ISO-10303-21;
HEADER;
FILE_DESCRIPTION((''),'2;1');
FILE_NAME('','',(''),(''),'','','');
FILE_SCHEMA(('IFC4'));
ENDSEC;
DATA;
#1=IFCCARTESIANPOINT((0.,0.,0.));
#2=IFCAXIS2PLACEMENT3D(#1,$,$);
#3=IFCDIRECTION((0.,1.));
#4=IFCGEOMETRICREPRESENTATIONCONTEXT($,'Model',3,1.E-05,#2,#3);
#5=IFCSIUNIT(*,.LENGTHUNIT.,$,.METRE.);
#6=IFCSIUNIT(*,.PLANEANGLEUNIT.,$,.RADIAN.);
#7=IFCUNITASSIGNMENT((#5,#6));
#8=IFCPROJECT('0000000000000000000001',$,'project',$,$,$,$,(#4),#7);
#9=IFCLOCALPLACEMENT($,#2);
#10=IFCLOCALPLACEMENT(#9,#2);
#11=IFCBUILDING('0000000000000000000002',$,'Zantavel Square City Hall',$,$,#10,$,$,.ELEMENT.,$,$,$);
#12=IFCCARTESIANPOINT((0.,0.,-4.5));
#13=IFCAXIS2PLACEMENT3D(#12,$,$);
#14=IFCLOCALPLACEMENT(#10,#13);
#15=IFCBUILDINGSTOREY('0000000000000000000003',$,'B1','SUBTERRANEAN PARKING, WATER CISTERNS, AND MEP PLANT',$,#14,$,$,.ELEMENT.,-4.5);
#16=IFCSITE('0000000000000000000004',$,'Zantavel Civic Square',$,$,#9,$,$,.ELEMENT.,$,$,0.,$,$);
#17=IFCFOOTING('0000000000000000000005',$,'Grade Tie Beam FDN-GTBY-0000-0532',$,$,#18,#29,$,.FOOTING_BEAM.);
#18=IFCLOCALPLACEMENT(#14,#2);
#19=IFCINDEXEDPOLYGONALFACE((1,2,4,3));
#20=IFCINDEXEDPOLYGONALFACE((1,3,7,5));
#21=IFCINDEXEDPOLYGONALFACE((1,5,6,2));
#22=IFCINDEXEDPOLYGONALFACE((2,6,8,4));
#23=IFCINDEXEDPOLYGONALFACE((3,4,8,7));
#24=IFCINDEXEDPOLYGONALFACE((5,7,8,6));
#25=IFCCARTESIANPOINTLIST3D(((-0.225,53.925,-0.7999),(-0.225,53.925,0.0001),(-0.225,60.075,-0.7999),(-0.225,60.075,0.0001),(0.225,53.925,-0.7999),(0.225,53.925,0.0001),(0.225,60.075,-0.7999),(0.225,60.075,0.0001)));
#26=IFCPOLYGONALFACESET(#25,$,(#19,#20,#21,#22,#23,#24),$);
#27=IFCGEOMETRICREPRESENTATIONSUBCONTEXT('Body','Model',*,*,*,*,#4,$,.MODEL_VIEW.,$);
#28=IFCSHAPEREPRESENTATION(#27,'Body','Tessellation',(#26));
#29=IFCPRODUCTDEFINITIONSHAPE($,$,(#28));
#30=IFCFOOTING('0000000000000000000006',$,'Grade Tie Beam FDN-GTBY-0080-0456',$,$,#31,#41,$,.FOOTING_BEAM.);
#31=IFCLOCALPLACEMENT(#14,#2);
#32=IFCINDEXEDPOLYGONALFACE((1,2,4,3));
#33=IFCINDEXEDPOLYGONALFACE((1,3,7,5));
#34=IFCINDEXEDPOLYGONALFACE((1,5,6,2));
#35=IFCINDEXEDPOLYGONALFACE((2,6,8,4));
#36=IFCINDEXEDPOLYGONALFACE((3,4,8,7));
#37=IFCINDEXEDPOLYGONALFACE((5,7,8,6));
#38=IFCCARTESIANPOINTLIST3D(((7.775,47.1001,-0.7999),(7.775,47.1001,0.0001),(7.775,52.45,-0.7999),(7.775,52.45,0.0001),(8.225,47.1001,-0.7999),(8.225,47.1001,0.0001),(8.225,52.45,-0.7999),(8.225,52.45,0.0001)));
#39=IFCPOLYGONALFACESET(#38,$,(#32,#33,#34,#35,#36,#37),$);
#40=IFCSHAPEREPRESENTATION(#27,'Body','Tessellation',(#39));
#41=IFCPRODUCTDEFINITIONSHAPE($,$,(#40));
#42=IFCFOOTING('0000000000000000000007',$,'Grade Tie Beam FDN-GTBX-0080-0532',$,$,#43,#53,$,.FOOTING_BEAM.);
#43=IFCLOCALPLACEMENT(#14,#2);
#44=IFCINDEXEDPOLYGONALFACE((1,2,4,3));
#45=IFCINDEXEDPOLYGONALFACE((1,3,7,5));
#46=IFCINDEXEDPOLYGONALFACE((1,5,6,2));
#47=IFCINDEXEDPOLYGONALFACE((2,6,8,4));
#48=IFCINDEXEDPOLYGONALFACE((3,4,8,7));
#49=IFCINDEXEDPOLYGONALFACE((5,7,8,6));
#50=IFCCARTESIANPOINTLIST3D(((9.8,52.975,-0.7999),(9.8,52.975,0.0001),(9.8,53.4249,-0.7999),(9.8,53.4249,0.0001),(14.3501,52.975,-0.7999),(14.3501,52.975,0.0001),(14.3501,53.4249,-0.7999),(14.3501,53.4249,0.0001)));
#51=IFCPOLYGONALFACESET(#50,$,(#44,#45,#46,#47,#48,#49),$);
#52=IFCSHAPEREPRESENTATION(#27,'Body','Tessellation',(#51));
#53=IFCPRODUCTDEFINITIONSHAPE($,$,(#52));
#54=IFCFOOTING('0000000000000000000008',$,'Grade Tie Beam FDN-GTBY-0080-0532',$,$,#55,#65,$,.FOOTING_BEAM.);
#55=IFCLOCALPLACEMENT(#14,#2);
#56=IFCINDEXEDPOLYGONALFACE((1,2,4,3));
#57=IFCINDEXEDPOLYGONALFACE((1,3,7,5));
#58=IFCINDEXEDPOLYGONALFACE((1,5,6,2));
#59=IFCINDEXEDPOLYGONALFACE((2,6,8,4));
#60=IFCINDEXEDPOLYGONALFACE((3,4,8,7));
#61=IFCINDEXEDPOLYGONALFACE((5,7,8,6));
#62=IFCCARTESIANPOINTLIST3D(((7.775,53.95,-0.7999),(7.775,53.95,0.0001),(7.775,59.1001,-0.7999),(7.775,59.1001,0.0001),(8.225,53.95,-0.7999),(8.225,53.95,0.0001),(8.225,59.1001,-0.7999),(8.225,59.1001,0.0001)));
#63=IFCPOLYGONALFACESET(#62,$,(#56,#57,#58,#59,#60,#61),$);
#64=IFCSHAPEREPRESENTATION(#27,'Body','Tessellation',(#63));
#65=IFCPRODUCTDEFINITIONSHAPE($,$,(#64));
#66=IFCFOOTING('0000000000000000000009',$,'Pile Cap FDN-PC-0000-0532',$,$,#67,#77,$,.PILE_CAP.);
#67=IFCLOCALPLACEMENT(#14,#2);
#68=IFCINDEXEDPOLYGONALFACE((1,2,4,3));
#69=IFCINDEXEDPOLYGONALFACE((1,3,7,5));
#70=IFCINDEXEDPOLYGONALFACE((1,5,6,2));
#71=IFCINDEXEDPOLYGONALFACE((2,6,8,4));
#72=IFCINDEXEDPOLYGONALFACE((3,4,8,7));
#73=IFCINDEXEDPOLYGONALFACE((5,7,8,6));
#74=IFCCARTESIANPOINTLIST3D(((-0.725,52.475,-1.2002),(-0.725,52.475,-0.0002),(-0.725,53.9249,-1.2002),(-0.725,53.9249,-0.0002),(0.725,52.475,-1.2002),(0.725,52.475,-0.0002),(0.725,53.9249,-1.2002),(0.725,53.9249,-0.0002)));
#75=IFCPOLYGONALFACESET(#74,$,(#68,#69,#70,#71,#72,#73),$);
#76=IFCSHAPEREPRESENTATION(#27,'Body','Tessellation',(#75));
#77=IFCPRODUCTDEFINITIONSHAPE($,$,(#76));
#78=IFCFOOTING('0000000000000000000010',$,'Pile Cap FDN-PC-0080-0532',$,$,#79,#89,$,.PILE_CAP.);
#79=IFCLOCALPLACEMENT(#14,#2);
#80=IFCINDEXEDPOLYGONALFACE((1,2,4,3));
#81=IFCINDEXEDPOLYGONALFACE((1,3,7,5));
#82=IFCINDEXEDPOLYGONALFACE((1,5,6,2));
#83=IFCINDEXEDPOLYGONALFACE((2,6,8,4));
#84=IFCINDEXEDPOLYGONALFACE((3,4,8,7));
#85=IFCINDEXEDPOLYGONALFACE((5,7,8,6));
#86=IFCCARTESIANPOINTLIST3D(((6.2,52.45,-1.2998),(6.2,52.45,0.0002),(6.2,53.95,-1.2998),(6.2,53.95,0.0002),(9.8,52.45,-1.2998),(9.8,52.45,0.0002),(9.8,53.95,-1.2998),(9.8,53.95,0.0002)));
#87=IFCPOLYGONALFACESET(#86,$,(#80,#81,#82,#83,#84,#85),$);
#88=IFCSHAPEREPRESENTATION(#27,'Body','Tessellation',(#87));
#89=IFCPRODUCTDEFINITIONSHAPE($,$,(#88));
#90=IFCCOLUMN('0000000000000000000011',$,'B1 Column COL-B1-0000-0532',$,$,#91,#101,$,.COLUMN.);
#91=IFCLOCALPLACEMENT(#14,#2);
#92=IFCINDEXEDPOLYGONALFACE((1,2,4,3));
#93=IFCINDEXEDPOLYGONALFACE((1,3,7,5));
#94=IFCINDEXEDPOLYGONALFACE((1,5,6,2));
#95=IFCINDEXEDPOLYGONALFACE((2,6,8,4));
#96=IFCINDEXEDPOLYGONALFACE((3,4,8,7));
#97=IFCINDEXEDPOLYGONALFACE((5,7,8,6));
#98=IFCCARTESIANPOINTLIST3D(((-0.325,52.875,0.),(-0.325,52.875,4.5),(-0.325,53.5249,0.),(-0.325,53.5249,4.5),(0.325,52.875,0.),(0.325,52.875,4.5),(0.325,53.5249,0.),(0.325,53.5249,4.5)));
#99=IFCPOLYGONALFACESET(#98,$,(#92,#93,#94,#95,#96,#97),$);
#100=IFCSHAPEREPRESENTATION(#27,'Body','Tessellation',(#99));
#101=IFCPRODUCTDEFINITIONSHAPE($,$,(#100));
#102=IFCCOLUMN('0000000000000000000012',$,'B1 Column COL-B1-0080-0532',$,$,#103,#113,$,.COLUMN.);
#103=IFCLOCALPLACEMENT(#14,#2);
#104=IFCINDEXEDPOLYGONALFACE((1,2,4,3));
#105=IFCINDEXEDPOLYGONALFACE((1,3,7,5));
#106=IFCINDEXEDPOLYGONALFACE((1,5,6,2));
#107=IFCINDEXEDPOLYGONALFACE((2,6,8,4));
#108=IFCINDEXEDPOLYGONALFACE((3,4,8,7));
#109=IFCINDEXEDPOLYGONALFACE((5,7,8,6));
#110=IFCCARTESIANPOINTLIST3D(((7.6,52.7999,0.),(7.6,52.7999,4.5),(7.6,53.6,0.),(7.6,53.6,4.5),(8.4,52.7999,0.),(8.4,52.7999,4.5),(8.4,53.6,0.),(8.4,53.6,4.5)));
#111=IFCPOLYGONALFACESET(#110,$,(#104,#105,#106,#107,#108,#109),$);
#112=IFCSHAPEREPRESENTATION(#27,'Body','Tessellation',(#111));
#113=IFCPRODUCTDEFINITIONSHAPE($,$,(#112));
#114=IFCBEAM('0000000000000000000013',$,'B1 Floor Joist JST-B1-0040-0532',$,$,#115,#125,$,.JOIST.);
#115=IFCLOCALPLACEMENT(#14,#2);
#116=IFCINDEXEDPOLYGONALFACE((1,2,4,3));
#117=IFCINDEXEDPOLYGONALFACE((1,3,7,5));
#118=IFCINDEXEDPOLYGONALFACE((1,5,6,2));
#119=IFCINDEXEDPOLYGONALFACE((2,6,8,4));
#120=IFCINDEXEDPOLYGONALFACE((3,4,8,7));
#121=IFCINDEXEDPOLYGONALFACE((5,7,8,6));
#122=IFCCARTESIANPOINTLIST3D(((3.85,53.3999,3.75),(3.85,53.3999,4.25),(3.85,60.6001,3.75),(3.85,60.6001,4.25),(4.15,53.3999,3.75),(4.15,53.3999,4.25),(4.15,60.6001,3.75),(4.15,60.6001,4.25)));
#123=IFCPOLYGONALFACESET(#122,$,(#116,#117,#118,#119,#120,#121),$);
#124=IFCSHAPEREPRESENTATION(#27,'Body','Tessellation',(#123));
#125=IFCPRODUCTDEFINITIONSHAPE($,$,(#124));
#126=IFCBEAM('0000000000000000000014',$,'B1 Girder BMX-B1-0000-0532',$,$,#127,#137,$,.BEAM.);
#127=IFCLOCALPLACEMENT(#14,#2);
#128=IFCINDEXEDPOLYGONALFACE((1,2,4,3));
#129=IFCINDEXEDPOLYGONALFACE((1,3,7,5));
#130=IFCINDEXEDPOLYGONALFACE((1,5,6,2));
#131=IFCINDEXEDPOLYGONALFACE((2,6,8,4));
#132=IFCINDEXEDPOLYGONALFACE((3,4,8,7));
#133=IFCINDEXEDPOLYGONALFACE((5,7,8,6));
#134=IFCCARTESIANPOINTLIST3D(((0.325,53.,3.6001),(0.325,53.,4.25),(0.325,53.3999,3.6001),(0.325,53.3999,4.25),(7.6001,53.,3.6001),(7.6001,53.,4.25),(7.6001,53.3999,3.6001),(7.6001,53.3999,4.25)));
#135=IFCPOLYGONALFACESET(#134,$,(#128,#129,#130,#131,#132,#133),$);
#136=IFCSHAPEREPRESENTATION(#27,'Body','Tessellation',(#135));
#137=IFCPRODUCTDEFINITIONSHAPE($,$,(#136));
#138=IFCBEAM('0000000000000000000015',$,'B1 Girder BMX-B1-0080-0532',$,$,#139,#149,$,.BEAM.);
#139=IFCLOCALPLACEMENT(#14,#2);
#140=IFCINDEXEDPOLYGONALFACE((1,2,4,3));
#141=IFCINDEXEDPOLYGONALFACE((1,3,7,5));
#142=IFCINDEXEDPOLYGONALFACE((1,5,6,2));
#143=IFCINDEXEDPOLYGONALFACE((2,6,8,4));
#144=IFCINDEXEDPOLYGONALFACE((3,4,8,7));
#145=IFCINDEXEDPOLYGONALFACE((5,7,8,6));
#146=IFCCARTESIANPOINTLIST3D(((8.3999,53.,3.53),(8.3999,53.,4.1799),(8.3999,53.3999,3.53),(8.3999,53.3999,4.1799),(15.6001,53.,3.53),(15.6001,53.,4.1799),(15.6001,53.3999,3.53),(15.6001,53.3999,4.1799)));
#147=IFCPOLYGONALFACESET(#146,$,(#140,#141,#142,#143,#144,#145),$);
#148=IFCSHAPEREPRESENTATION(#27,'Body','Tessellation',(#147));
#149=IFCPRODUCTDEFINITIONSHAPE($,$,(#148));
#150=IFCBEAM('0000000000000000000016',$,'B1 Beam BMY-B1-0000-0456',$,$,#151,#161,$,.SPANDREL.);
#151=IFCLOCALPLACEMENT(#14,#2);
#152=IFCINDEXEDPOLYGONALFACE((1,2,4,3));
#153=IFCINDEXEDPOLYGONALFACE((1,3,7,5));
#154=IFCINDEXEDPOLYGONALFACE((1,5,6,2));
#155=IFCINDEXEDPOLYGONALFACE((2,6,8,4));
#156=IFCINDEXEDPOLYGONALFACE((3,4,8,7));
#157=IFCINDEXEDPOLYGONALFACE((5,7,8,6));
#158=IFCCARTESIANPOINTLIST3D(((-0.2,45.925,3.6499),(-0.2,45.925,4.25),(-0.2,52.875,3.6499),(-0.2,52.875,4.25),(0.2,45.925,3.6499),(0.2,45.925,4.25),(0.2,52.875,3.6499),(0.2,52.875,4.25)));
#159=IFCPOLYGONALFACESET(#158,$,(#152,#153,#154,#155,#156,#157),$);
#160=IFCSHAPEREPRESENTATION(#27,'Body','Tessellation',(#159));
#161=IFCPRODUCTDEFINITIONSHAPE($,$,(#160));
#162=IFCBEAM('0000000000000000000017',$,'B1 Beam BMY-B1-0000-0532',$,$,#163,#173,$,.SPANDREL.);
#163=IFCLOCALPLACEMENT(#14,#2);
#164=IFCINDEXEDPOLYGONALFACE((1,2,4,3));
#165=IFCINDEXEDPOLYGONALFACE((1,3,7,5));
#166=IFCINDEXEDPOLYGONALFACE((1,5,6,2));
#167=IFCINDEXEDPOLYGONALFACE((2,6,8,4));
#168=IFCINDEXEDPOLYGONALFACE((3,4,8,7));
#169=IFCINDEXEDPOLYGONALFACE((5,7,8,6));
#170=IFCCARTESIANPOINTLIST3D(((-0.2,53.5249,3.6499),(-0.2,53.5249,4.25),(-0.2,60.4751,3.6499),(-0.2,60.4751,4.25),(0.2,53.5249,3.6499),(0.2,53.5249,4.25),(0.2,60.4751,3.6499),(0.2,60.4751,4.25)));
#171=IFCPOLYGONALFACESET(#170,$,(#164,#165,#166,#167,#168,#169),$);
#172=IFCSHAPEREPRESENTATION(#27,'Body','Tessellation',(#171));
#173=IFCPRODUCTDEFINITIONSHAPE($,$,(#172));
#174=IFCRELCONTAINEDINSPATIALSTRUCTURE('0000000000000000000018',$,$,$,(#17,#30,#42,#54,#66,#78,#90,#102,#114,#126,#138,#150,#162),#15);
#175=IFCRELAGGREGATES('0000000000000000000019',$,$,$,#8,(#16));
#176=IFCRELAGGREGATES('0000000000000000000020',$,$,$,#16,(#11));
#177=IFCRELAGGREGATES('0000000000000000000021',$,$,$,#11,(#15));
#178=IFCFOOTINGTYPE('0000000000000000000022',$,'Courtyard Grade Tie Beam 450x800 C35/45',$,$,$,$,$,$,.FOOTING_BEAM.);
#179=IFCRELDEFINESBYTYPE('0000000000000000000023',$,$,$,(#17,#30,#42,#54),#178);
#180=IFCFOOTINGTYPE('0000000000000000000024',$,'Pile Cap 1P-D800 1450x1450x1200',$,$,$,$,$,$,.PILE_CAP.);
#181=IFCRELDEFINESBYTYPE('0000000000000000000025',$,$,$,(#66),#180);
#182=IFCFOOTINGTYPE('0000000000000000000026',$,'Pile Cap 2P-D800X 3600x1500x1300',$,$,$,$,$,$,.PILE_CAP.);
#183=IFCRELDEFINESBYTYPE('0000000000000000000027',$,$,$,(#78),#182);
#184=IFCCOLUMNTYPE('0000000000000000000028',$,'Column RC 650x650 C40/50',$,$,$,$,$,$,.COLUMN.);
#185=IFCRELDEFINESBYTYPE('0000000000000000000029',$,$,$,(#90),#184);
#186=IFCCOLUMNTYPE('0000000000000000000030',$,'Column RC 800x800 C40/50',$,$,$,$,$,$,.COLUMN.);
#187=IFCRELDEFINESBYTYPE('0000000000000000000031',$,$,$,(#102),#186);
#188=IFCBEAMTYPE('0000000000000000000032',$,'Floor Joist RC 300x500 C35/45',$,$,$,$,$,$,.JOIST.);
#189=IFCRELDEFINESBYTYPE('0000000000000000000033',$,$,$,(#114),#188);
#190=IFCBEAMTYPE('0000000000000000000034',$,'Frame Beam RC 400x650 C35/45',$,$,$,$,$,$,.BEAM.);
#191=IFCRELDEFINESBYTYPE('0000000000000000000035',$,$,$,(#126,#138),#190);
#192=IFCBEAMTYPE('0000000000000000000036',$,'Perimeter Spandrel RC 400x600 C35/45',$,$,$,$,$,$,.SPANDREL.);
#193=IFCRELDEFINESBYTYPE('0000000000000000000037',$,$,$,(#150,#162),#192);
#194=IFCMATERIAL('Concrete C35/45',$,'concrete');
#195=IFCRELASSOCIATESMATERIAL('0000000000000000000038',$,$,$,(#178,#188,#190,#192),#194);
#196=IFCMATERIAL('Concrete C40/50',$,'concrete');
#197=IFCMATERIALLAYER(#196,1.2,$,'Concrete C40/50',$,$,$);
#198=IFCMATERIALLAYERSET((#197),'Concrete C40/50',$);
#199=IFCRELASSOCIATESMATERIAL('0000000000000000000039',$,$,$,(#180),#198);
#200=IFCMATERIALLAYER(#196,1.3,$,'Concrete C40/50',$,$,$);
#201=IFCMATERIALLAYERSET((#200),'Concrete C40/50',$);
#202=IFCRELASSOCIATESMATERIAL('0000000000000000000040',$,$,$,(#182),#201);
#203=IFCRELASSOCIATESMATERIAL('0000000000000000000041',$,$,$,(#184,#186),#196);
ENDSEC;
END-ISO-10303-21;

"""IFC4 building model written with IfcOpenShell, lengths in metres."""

from ifc_helpers import new_model, si_unit, direction, frame, origin, origin_2d, place, context, subcontext, project, spatial, rectangle, extrude, material, layer, layer_set, material_profile, profile_set, type_object, element, save


model = new_model("IFC4")

# Units and contexts
model_context = context("Model", 3, precision=1e-05, world=origin(), true_north=direction((0.0, 1.0)))
body_context = subcontext(model_context, "Body", "Model", "MODEL_VIEW")
ifc_project = project(units=[si_unit("LENGTHUNIT", "METRE"), si_unit("PLANEANGLEUNIT", "RADIAN")], contexts=[model_context])

# Site, building, storey
site_placement = place(None, origin())
site = spatial("IfcSite", under=ifc_project, at=site_placement, Name="Zantavel Civic Square", CompositionType="ELEMENT", RefElevation=0.0)
building_placement = place(site_placement, origin())
building = spatial("IfcBuilding", under=site, at=building_placement, Name="Zantavel Square City Hall", CompositionType="ELEMENT")
storey_placement = place(building_placement, frame((0.0, 0.0, -4.5)))
storey = spatial("IfcBuildingStorey", under=building, at=storey_placement, Name="B1", Description="SUBTERRANEAN PARKING, WATER CISTERNS, AND MEP PLANT", CompositionType="ELEMENT", Elevation=-4.5)

# Shared definitions
ifc_material_1 = material(Name="Concrete C35/45", Category="concrete")

# Footings
ifc_material_profile_1 = material_profile(ifc_material_1, rectangle(XDim=0.45, YDim=0.8, at=origin_2d()), Name="RC 450x800")
ifc_profile_set_1 = profile_set([ifc_material_profile_1], Name="Concrete C35/45")
footing_type_1 = type_object("IfcFootingType", Name="Courtyard Grade Tie Beam 450x800 C35/45", PredefinedType="FOOTING_BEAM", material=ifc_profile_set_1)
footing_1_placement = place(storey_placement, frame((0.0, 53.925, -0.3999), z_axis=(0.0, 1.0, 0.0), x_axis=(-1.0, 0.0, 0.0)))
element("IfcFooting", 1, at=footing_1_placement, inside=storey, type_object=footing_type_1, Name="Grade Tie Beam FDN-GTBY-0000-0532", PredefinedType="FOOTING_BEAM", context=body_context, shape_type="SweptSolid", body=[
    extrude(rectangle(XDim=0.45, YDim=0.8, at=origin_2d()), origin(), (0.0, 0.0, 1.0), 6.1499),
])
footing_2_placement = place(storey_placement, frame((8.0, 47.1001, -0.3999), z_axis=(0.0, 1.0, 0.0), x_axis=(-1.0, 0.0, 0.0)))
element("IfcFooting", 2, at=footing_2_placement, inside=storey, type_object=footing_type_1, Name="Grade Tie Beam FDN-GTBY-0080-0456", PredefinedType="FOOTING_BEAM", context=body_context, shape_type="SweptSolid", body=[
    extrude(rectangle(XDim=0.45, YDim=0.8, at=origin_2d()), origin(), (0.0, 0.0, 1.0), 5.3499),
])
footing_3_placement = place(storey_placement, frame((9.8, 53.2, -0.3999), z_axis=(1.0, 0.0, 0.0), x_axis=(0.0, 1.0, 0.0)))
element("IfcFooting", 3, at=footing_3_placement, inside=storey, type_object=footing_type_1, Name="Grade Tie Beam FDN-GTBX-0080-0532", PredefinedType="FOOTING_BEAM", context=body_context, shape_type="SweptSolid", body=[
    extrude(rectangle(XDim=0.45, YDim=0.8, at=origin_2d()), origin(), (0.0, 0.0, 1.0), 4.55),
])
footing_4_placement = place(storey_placement, frame((8.0, 53.95, -0.3999), z_axis=(0.0, 1.0, 0.0), x_axis=(-1.0, 0.0, 0.0)))
element("IfcFooting", 4, at=footing_4_placement, inside=storey, type_object=footing_type_1, Name="Grade Tie Beam FDN-GTBY-0080-0532", PredefinedType="FOOTING_BEAM", context=body_context, shape_type="SweptSolid", body=[
    extrude(rectangle(XDim=0.45, YDim=0.8, at=origin_2d()), origin(), (0.0, 0.0, 1.0), 5.1501),
])
ifc_material_2 = material(Name="Concrete C40/50", Category="concrete")
ifc_layer_1 = layer(ifc_material_2, 1.2, Name="Concrete C40/50")
ifc_layer_set_1 = layer_set([ifc_layer_1], Name="Concrete C40/50")
footing_type_2 = type_object("IfcFootingType", Name="Pile Cap 1P-D800 1450x1450x1200", PredefinedType="PILE_CAP", material=ifc_layer_set_1)
footing_5_placement = place(storey_placement, frame((0.0, 53.2, -1.2002), z_axis=(0.0, 0.0, 1.0), x_axis=(1.0, 0.0, 0.0)))
element("IfcFooting", 5, at=footing_5_placement, inside=storey, type_object=footing_type_2, Name="Pile Cap FDN-PC-0000-0532", PredefinedType="PILE_CAP", context=body_context, shape_type="SweptSolid", body=[
    extrude(rectangle(XDim=1.45, YDim=1.45, at=origin_2d()), origin(), (0.0, 0.0, 1.0), 1.2),
])
ifc_layer_2 = layer(ifc_material_2, 1.3, Name="Concrete C40/50")
ifc_layer_set_2 = layer_set([ifc_layer_2], Name="Concrete C40/50")
footing_type_3 = type_object("IfcFootingType", Name="Pile Cap 2P-D800X 3600x1500x1300", PredefinedType="PILE_CAP", material=ifc_layer_set_2)
footing_6_placement = place(storey_placement, frame((8.0, 53.2, -1.2998), z_axis=(0.0, 0.0, 1.0), x_axis=(1.0, 0.0, 0.0)))
element("IfcFooting", 6, at=footing_6_placement, inside=storey, type_object=footing_type_3, Name="Pile Cap FDN-PC-0080-0532", PredefinedType="PILE_CAP", context=body_context, shape_type="SweptSolid", body=[
    extrude(rectangle(XDim=3.6001, YDim=1.5, at=origin_2d()), origin(), (0.0, 0.0, 1.0), 1.3),
])

# Columns
ifc_material_profile_2 = material_profile(ifc_material_2, rectangle(XDim=0.6499, YDim=0.6499, at=origin_2d()), Name="RC 650x650")
ifc_profile_set_2 = profile_set([ifc_material_profile_2], Name="Concrete C40/50")
column_type_1 = type_object("IfcColumnType", Name="Column RC 650x650 C40/50", PredefinedType="COLUMN", material=ifc_profile_set_2)
column_1_placement = place(storey_placement, frame((0.0, 53.2, 0.0), z_axis=(0.0, 0.0, 1.0), x_axis=(1.0, 0.0, 0.0)))
element("IfcColumn", 7, at=column_1_placement, inside=storey, type_object=column_type_1, Name="B1 Column COL-B1-0000-0532", PredefinedType="COLUMN", context=body_context, shape_type="SweptSolid", body=[
    extrude(rectangle(XDim=0.6499, YDim=0.6499, at=origin_2d()), origin(), (0.0, 0.0, 1.0), 4.5),
])
ifc_material_profile_3 = material_profile(ifc_material_2, rectangle(XDim=0.8, YDim=0.8, at=origin_2d()), Name="RC 800x800")
ifc_profile_set_3 = profile_set([ifc_material_profile_3], Name="Concrete C40/50")
column_type_2 = type_object("IfcColumnType", Name="Column RC 800x800 C40/50", PredefinedType="COLUMN", material=ifc_profile_set_3)
column_2_placement = place(storey_placement, frame((8.0, 53.2, 0.0), z_axis=(0.0, 0.0, 1.0), x_axis=(1.0, 0.0, 0.0)))
element("IfcColumn", 8, at=column_2_placement, inside=storey, type_object=column_type_2, Name="B1 Column COL-B1-0080-0532", PredefinedType="COLUMN", context=body_context, shape_type="SweptSolid", body=[
    extrude(rectangle(XDim=0.8, YDim=0.8, at=origin_2d()), origin(), (0.0, 0.0, 1.0), 4.5),
])

# Beams
ifc_material_profile_4 = material_profile(ifc_material_1, rectangle(XDim=0.3, YDim=0.5, at=origin_2d()), Name="RC 300x500")
ifc_profile_set_4 = profile_set([ifc_material_profile_4], Name="Concrete C35/45")
beam_type_1 = type_object("IfcBeamType", Name="Floor Joist RC 300x500 C35/45", PredefinedType="JOIST", material=ifc_profile_set_4)
beam_1_placement = place(storey_placement, frame((4.0, 53.3999, 4.0), z_axis=(0.0, 1.0, 0.0), x_axis=(-1.0, 0.0, 0.0)))
element("IfcBeam", 9, at=beam_1_placement, inside=storey, type_object=beam_type_1, Name="B1 Floor Joist JST-B1-0040-0532", PredefinedType="JOIST", context=body_context, shape_type="SweptSolid", body=[
    extrude(rectangle(XDim=0.3, YDim=0.5, at=origin_2d()), origin(), (0.0, 0.0, 1.0), 7.2002),
])
ifc_material_profile_5 = material_profile(ifc_material_1, rectangle(XDim=0.3999, YDim=0.6499, at=origin_2d()), Name="RC 400x650")
ifc_profile_set_5 = profile_set([ifc_material_profile_5], Name="Concrete C35/45")
beam_type_2 = type_object("IfcBeamType", Name="Frame Beam RC 400x650 C35/45", PredefinedType="BEAM", material=ifc_profile_set_5)
beam_2_placement = place(storey_placement, frame((0.325, 53.2, 3.925), z_axis=(1.0, 0.0, 0.0), x_axis=(0.0, 1.0, 0.0)))
element("IfcBeam", 10, at=beam_2_placement, inside=storey, type_object=beam_type_2, Name="B1 Girder BMX-B1-0000-0532", PredefinedType="BEAM", context=body_context, shape_type="SweptSolid", body=[
    extrude(rectangle(XDim=0.3999, YDim=0.6499, at=origin_2d()), origin(), (0.0, 0.0, 1.0), 7.2751),
])
beam_3_placement = place(storey_placement, frame((8.3999, 53.2, 3.855), z_axis=(1.0, 0.0, 0.0), x_axis=(0.0, 1.0, 0.0)))
element("IfcBeam", 11, at=beam_3_placement, inside=storey, type_object=beam_type_2, Name="B1 Girder BMX-B1-0080-0532", PredefinedType="BEAM", context=body_context, shape_type="SweptSolid", body=[
    extrude(rectangle(XDim=0.3999, YDim=0.6499, at=origin_2d()), origin(), (0.0, 0.0, 1.0), 7.2002),
])
ifc_material_profile_6 = material_profile(ifc_material_1, rectangle(XDim=0.3999, YDim=0.6001, at=origin_2d()), Name="RC 400x600")
ifc_profile_set_6 = profile_set([ifc_material_profile_6], Name="Concrete C35/45")
beam_type_3 = type_object("IfcBeamType", Name="Perimeter Spandrel RC 400x600 C35/45", PredefinedType="SPANDREL", material=ifc_profile_set_6)
beam_4_placement = place(storey_placement, frame((0.0, 45.925, 3.95), z_axis=(0.0, 1.0, 0.0), x_axis=(-1.0, 0.0, 0.0)))
element("IfcBeam", 12, at=beam_4_placement, inside=storey, type_object=beam_type_3, Name="B1 Beam BMY-B1-0000-0456", PredefinedType="SPANDREL", context=body_context, shape_type="SweptSolid", body=[
    extrude(rectangle(XDim=0.3999, YDim=0.6001, at=origin_2d()), origin(), (0.0, 0.0, 1.0), 6.95),
])
beam_5_placement = place(storey_placement, frame((0.0, 53.5249, 3.95), z_axis=(0.0, 1.0, 0.0), x_axis=(-1.0, 0.0, 0.0)))
element("IfcBeam", 13, at=beam_5_placement, inside=storey, type_object=beam_type_3, Name="B1 Beam BMY-B1-0000-0532", PredefinedType="SPANDREL", context=body_context, shape_type="SweptSolid", body=[
    extrude(rectangle(XDim=0.3999, YDim=0.6001, at=origin_2d()), origin(), (0.0, 0.0, 1.0), 6.9502),
])

save(model, "model.ifc")
